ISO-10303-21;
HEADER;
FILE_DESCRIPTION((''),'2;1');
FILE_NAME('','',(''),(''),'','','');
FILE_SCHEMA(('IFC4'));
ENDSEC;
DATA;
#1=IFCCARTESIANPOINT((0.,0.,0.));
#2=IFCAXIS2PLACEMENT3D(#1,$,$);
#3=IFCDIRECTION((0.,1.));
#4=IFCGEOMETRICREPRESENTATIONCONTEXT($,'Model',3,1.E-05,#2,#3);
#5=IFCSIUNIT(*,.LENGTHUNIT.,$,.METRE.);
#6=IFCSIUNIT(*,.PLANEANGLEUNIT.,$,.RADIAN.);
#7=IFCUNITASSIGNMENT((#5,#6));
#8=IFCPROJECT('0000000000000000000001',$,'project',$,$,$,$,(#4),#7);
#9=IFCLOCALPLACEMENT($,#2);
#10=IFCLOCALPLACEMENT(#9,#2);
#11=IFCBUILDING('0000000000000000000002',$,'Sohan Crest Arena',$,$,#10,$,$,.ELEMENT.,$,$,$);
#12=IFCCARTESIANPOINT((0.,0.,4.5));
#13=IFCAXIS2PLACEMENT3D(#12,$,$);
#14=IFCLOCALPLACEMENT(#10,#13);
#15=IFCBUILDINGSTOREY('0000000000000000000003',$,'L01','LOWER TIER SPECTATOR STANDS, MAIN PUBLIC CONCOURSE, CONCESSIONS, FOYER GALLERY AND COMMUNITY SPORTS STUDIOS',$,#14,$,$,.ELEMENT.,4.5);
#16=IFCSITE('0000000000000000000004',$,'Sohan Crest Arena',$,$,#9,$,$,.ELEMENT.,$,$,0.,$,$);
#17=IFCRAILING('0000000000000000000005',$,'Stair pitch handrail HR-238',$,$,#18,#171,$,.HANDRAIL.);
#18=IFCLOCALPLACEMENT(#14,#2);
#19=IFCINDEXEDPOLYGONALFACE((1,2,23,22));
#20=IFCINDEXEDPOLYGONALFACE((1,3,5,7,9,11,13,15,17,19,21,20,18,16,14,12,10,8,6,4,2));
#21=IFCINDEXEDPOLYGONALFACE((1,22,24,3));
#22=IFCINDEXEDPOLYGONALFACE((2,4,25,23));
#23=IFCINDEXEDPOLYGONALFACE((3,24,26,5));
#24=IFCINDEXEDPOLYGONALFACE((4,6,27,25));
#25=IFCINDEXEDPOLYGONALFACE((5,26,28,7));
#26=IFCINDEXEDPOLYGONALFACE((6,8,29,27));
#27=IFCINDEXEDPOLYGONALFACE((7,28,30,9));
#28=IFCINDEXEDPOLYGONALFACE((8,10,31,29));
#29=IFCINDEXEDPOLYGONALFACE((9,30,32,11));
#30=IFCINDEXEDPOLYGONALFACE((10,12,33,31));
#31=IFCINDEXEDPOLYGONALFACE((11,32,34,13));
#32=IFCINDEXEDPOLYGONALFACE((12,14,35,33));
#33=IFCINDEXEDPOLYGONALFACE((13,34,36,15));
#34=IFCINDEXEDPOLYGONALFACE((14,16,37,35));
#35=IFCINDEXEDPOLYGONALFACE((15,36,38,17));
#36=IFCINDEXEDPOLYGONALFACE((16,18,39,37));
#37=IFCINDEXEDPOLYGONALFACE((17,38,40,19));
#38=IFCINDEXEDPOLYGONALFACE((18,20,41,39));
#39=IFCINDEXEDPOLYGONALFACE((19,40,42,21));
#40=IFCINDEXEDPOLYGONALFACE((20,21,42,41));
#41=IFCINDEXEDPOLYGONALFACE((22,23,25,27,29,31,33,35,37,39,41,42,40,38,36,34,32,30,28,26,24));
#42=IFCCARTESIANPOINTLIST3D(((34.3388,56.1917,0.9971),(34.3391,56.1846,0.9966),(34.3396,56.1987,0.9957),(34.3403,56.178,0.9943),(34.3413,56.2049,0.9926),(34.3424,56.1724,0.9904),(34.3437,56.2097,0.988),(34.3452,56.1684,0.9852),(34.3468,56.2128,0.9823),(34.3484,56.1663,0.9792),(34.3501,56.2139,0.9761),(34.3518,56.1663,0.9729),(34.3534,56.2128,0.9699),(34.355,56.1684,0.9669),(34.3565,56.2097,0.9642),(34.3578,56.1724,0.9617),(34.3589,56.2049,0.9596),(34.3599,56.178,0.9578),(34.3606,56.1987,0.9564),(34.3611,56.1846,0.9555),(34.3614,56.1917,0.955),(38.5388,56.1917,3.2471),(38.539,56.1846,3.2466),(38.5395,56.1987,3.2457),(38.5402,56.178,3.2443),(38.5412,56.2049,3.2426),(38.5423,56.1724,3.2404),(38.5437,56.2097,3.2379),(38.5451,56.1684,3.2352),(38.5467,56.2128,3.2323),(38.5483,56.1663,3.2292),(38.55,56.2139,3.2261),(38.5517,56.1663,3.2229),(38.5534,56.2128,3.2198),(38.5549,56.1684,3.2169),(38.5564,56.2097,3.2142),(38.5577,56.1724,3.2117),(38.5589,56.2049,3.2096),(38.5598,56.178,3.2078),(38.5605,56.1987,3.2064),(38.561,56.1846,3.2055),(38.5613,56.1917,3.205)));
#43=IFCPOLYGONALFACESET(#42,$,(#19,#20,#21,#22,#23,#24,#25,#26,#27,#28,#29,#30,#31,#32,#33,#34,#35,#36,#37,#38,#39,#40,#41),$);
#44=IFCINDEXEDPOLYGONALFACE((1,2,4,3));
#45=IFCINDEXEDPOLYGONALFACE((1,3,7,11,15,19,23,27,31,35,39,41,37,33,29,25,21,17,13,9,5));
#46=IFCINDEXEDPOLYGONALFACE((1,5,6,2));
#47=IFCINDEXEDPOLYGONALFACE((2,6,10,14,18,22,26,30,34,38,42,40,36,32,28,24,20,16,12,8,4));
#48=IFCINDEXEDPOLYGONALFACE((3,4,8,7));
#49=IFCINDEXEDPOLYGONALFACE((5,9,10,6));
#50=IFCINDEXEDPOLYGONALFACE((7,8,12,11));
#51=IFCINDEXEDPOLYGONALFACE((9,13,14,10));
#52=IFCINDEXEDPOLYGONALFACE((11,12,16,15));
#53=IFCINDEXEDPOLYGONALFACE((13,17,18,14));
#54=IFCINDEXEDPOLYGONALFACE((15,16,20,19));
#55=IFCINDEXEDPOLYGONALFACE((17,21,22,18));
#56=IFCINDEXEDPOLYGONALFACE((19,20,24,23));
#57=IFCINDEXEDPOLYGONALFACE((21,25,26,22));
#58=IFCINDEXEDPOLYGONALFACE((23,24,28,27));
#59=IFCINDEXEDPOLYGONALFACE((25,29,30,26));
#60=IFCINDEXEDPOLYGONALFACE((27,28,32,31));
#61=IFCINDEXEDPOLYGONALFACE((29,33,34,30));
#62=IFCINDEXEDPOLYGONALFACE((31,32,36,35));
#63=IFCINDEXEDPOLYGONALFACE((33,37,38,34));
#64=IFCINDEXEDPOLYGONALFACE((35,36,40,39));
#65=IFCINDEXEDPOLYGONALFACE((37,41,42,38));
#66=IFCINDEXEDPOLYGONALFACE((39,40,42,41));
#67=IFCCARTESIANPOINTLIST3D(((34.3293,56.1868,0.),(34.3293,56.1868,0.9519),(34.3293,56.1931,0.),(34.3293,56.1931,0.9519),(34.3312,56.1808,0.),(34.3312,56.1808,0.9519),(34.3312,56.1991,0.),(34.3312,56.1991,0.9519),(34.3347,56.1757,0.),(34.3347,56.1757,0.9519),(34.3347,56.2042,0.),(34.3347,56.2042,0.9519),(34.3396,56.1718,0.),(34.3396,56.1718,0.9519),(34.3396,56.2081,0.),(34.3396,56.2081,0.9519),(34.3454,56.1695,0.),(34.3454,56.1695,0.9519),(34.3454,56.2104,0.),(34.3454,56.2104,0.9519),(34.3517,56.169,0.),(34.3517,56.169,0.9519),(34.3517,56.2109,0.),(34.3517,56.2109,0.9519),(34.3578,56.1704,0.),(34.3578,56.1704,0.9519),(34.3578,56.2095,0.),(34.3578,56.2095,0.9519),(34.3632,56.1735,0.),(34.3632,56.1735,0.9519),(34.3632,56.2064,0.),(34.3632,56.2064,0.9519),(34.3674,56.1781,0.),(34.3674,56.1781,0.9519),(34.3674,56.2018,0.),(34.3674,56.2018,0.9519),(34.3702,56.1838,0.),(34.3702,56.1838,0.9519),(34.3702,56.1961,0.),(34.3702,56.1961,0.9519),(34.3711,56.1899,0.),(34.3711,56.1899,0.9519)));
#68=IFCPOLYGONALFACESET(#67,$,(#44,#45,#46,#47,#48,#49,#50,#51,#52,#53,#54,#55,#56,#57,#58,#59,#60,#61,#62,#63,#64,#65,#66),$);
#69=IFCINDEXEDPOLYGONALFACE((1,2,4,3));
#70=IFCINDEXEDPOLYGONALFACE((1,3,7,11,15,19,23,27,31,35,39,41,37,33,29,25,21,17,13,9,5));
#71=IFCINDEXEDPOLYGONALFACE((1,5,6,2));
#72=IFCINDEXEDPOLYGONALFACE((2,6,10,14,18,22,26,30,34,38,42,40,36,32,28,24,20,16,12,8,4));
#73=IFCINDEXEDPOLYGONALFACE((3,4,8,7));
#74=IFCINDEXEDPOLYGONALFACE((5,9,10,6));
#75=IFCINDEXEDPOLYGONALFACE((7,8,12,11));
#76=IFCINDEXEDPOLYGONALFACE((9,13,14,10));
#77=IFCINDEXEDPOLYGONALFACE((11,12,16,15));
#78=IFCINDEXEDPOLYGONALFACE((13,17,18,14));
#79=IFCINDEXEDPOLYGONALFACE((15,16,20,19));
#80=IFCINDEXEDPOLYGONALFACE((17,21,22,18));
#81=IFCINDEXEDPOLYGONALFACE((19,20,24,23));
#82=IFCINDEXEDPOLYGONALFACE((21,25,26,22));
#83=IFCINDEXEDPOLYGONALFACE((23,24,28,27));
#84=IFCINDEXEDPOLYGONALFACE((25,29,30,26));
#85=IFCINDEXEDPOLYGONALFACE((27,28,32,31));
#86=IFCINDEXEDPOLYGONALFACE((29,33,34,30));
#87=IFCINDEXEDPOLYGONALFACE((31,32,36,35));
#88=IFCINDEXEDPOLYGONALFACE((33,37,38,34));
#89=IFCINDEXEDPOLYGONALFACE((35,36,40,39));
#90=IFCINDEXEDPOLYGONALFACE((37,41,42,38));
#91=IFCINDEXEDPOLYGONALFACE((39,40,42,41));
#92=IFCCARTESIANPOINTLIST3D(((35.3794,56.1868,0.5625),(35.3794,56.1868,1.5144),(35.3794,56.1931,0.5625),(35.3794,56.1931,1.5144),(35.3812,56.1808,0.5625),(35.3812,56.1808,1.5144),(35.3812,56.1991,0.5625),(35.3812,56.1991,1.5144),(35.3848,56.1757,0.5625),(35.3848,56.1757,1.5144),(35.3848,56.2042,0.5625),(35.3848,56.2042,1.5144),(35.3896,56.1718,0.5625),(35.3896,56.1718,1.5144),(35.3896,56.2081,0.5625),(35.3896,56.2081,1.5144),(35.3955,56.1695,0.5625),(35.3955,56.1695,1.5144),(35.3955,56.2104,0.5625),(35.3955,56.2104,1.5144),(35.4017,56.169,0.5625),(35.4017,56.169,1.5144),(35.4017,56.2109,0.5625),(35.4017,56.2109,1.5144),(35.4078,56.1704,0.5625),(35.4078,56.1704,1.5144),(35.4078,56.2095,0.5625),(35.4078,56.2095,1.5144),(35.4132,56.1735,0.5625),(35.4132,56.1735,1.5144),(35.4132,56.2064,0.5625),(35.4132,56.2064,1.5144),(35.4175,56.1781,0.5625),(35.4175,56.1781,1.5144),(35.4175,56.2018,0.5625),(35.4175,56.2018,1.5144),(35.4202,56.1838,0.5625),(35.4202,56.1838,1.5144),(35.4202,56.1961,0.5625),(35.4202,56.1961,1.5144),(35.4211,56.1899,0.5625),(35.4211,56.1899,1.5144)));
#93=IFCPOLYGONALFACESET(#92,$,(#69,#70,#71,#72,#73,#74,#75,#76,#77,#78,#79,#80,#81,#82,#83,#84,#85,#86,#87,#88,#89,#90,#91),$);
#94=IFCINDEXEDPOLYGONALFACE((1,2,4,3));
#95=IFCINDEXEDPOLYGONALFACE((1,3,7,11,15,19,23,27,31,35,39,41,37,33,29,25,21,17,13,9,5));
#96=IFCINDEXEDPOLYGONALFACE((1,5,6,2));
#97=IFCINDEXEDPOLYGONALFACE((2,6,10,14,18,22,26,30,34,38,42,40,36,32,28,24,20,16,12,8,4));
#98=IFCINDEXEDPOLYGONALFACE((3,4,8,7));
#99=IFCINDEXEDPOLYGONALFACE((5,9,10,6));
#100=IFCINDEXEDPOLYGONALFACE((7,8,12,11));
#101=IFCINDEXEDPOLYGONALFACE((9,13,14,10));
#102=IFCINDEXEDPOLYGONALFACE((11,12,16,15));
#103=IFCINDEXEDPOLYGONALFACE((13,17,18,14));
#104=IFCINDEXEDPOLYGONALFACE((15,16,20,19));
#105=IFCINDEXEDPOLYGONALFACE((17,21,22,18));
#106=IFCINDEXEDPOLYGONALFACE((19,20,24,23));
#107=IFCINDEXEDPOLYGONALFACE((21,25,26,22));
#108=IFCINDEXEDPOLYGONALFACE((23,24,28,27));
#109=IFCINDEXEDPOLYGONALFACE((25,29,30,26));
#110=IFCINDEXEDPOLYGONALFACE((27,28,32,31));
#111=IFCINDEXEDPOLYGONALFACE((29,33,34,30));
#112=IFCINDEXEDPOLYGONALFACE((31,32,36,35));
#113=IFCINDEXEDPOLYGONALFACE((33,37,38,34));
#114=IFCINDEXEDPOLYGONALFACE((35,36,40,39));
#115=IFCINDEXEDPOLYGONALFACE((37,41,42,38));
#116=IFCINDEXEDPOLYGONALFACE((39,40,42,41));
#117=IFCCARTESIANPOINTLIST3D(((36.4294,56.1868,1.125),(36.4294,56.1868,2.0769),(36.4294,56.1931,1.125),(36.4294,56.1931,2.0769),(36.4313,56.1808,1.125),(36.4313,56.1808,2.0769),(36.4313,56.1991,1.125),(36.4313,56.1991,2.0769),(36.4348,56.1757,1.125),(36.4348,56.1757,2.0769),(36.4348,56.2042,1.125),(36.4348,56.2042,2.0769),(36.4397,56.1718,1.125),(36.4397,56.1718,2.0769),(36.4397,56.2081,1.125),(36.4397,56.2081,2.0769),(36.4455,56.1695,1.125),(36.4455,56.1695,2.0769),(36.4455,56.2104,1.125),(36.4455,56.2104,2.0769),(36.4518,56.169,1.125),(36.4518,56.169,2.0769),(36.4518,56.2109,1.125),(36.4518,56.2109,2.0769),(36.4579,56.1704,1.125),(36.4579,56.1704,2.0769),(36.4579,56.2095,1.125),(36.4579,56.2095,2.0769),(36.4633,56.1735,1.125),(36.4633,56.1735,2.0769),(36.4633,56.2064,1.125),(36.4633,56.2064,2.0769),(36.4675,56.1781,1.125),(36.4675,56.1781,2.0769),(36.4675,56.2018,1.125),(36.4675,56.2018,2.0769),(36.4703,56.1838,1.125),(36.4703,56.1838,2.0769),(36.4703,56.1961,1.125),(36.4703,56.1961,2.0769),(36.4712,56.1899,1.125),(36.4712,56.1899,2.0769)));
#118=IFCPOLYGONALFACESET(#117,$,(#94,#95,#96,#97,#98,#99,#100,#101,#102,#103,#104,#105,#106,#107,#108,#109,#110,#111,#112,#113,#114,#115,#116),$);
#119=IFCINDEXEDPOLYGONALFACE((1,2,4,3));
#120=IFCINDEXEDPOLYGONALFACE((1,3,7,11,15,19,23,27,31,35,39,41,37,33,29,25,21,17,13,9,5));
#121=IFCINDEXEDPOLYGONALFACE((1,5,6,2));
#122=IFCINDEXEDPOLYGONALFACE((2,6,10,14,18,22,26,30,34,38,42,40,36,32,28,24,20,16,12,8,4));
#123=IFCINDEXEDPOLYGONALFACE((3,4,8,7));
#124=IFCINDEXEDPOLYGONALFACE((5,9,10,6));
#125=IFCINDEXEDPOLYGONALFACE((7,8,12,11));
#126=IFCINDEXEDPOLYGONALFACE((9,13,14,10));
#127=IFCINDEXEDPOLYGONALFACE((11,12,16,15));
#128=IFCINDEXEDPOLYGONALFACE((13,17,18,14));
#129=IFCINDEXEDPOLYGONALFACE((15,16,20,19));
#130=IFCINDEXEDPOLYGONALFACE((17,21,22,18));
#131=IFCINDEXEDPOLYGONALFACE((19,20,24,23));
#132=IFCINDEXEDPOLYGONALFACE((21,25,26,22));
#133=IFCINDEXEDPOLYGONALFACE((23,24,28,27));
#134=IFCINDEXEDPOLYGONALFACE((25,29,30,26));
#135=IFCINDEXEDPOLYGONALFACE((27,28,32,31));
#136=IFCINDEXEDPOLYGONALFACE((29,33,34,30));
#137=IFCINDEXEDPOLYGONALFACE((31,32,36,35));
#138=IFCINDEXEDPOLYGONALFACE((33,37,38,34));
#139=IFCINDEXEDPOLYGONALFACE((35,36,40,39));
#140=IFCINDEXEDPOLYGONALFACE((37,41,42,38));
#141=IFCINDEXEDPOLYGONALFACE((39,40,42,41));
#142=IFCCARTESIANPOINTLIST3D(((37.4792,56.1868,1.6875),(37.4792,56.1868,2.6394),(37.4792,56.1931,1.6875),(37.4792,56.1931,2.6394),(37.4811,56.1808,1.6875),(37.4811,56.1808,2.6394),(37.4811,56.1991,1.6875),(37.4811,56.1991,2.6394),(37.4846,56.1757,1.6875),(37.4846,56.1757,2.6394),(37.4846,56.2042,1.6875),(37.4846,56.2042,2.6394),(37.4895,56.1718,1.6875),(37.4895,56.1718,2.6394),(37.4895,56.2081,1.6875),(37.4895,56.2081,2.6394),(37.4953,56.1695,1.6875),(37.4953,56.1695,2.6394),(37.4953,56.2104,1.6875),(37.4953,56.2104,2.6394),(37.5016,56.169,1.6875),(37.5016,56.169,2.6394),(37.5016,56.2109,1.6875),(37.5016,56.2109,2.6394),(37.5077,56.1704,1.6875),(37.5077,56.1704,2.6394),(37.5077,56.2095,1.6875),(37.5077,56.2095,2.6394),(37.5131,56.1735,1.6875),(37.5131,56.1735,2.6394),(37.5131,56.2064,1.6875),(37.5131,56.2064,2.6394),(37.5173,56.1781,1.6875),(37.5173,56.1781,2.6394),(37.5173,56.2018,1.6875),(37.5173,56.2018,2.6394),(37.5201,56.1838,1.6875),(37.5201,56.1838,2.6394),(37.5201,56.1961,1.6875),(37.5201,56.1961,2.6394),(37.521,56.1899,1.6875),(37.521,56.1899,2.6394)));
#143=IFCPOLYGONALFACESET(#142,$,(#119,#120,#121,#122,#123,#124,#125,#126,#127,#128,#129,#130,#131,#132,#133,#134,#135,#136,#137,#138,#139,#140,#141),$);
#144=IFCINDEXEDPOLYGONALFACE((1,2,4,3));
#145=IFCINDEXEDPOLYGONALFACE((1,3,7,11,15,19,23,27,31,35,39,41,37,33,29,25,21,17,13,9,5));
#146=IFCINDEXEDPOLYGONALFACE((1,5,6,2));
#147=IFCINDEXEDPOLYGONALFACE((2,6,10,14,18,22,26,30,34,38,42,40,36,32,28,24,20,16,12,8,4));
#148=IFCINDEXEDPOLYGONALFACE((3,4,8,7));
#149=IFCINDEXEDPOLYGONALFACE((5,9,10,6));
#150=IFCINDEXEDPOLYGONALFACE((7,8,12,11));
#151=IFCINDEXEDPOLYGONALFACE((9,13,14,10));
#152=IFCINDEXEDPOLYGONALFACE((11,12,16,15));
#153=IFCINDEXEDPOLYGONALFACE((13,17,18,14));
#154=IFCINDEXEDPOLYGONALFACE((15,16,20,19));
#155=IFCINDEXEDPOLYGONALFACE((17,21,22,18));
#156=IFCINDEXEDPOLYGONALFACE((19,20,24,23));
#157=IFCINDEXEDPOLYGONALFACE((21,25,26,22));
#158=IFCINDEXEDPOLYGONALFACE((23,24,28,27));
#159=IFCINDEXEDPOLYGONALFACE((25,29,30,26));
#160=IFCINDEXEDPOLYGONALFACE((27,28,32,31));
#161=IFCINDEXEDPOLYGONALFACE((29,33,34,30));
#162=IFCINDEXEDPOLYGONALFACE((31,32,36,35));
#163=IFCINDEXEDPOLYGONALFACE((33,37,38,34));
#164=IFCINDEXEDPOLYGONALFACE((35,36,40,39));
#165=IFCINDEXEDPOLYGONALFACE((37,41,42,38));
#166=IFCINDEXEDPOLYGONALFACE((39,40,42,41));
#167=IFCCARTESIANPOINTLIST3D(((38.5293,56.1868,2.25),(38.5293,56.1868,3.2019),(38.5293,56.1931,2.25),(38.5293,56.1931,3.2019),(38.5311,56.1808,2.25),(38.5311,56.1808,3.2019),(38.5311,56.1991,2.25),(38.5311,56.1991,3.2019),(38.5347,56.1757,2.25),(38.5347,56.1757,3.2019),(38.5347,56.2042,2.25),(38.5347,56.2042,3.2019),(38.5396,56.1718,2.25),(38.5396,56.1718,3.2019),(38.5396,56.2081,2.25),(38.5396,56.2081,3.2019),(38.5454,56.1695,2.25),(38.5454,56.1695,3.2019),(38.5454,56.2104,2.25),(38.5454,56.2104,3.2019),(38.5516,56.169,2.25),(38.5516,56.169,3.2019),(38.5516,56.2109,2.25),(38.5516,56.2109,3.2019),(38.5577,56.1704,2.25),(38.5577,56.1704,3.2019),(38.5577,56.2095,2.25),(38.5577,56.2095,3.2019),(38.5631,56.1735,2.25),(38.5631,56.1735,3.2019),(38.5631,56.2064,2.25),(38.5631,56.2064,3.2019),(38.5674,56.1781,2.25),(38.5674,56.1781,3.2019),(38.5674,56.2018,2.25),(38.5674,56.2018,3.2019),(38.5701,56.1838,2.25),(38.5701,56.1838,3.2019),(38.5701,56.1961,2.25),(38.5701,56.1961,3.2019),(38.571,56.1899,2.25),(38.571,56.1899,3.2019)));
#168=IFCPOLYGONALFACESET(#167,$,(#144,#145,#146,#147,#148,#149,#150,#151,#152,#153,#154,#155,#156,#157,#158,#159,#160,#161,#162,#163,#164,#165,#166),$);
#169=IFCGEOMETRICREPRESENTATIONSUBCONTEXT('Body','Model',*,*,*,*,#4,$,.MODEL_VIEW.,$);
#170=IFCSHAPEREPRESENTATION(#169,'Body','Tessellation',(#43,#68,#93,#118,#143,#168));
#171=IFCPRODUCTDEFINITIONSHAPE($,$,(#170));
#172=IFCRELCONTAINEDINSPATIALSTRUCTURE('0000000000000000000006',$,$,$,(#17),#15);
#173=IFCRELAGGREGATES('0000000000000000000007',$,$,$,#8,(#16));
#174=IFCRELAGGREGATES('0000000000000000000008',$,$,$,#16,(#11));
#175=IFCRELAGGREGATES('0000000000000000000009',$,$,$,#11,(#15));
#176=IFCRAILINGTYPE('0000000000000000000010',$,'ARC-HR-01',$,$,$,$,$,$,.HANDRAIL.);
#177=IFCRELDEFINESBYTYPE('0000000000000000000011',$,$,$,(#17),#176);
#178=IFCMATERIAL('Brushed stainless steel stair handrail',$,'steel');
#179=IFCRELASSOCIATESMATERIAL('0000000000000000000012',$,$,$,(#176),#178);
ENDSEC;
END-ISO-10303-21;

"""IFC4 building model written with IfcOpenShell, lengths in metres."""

from ifc_helpers import new_model, si_unit, direction, frame, origin, origin_2d, place, context, subcontext, project, spatial, circle, extrude, material, type_object, element, save


model = new_model("IFC4")

# Units and contexts
model_context = context("Model", 3, precision=1e-05, world=origin(), true_north=direction((0.0, 1.0)))
body_context = subcontext(model_context, "Body", "Model", "MODEL_VIEW")
ifc_project = project(units=[si_unit("LENGTHUNIT", "METRE"), si_unit("PLANEANGLEUNIT", "RADIAN")], contexts=[model_context])

# Site, building, storey
site_placement = place(None, origin())
site = spatial("IfcSite", under=ifc_project, at=site_placement, Name="Sohan Crest Arena", CompositionType="ELEMENT", RefElevation=0.0)
building_placement = place(site_placement, origin())
building = spatial("IfcBuilding", under=site, at=building_placement, Name="Sohan Crest Arena", CompositionType="ELEMENT")
storey_placement = place(building_placement, frame((0.0, 0.0, 4.5)))
storey = spatial("IfcBuildingStorey", under=building, at=storey_placement, Name="L01", Description="LOWER TIER SPECTATOR STANDS, MAIN PUBLIC CONCOURSE, CONCESSIONS, FOYER GALLERY AND COMMUNITY SPORTS STUDIOS", CompositionType="ELEMENT", Elevation=4.5)

# Railing
ifc_material_1 = material(Name="Brushed stainless steel stair handrail", Category="steel")
railing_type_1 = type_object("IfcRailingType", Name="ARC-HR-01", PredefinedType="HANDRAIL", material=ifc_material_1)
for number, where, name in (
    (1, (34.3501, 56.1899, 0.0), "Stair pitch handrail HR-238"),
):
    element("IfcRailing", number, at=place(storey_placement, frame(where)), inside=storey, type_object=railing_type_1, Name=name, PredefinedType="HANDRAIL", context=body_context, shape_type="SweptSolid", body=[
        extrude(circle(Radius=0.0239, at=origin_2d()), frame((0.0, 0.0, 0.9761), z_axis=(0.881478, 0.0, 0.472226), x_axis=(0.0, 1.0, 0.0)), (0.0, 0.0, 1.0), 4.7646),
        extrude(circle(Radius=0.021, at=origin_2d()), origin(), (0.0, 0.0, 1.0), 0.9519),
        extrude(circle(Radius=0.021, at=origin_2d()), frame((1.05, 0.0, 0.5625)), (0.0, 0.0, 1.0), 0.9519),
        extrude(circle(Radius=0.021, at=origin_2d()), frame((2.1001, 0.0, 1.125)), (0.0, 0.0, 1.0), 0.9519),
        extrude(circle(Radius=0.021, at=origin_2d()), frame((3.1499, 0.0, 1.6875)), (0.0, 0.0, 1.0), 0.9519),
        extrude(circle(Radius=0.021, at=origin_2d()), frame((4.2, 0.0, 2.25)), (0.0, 0.0, 1.0), 0.9519),
    ])

save(model, "model.ifc")
